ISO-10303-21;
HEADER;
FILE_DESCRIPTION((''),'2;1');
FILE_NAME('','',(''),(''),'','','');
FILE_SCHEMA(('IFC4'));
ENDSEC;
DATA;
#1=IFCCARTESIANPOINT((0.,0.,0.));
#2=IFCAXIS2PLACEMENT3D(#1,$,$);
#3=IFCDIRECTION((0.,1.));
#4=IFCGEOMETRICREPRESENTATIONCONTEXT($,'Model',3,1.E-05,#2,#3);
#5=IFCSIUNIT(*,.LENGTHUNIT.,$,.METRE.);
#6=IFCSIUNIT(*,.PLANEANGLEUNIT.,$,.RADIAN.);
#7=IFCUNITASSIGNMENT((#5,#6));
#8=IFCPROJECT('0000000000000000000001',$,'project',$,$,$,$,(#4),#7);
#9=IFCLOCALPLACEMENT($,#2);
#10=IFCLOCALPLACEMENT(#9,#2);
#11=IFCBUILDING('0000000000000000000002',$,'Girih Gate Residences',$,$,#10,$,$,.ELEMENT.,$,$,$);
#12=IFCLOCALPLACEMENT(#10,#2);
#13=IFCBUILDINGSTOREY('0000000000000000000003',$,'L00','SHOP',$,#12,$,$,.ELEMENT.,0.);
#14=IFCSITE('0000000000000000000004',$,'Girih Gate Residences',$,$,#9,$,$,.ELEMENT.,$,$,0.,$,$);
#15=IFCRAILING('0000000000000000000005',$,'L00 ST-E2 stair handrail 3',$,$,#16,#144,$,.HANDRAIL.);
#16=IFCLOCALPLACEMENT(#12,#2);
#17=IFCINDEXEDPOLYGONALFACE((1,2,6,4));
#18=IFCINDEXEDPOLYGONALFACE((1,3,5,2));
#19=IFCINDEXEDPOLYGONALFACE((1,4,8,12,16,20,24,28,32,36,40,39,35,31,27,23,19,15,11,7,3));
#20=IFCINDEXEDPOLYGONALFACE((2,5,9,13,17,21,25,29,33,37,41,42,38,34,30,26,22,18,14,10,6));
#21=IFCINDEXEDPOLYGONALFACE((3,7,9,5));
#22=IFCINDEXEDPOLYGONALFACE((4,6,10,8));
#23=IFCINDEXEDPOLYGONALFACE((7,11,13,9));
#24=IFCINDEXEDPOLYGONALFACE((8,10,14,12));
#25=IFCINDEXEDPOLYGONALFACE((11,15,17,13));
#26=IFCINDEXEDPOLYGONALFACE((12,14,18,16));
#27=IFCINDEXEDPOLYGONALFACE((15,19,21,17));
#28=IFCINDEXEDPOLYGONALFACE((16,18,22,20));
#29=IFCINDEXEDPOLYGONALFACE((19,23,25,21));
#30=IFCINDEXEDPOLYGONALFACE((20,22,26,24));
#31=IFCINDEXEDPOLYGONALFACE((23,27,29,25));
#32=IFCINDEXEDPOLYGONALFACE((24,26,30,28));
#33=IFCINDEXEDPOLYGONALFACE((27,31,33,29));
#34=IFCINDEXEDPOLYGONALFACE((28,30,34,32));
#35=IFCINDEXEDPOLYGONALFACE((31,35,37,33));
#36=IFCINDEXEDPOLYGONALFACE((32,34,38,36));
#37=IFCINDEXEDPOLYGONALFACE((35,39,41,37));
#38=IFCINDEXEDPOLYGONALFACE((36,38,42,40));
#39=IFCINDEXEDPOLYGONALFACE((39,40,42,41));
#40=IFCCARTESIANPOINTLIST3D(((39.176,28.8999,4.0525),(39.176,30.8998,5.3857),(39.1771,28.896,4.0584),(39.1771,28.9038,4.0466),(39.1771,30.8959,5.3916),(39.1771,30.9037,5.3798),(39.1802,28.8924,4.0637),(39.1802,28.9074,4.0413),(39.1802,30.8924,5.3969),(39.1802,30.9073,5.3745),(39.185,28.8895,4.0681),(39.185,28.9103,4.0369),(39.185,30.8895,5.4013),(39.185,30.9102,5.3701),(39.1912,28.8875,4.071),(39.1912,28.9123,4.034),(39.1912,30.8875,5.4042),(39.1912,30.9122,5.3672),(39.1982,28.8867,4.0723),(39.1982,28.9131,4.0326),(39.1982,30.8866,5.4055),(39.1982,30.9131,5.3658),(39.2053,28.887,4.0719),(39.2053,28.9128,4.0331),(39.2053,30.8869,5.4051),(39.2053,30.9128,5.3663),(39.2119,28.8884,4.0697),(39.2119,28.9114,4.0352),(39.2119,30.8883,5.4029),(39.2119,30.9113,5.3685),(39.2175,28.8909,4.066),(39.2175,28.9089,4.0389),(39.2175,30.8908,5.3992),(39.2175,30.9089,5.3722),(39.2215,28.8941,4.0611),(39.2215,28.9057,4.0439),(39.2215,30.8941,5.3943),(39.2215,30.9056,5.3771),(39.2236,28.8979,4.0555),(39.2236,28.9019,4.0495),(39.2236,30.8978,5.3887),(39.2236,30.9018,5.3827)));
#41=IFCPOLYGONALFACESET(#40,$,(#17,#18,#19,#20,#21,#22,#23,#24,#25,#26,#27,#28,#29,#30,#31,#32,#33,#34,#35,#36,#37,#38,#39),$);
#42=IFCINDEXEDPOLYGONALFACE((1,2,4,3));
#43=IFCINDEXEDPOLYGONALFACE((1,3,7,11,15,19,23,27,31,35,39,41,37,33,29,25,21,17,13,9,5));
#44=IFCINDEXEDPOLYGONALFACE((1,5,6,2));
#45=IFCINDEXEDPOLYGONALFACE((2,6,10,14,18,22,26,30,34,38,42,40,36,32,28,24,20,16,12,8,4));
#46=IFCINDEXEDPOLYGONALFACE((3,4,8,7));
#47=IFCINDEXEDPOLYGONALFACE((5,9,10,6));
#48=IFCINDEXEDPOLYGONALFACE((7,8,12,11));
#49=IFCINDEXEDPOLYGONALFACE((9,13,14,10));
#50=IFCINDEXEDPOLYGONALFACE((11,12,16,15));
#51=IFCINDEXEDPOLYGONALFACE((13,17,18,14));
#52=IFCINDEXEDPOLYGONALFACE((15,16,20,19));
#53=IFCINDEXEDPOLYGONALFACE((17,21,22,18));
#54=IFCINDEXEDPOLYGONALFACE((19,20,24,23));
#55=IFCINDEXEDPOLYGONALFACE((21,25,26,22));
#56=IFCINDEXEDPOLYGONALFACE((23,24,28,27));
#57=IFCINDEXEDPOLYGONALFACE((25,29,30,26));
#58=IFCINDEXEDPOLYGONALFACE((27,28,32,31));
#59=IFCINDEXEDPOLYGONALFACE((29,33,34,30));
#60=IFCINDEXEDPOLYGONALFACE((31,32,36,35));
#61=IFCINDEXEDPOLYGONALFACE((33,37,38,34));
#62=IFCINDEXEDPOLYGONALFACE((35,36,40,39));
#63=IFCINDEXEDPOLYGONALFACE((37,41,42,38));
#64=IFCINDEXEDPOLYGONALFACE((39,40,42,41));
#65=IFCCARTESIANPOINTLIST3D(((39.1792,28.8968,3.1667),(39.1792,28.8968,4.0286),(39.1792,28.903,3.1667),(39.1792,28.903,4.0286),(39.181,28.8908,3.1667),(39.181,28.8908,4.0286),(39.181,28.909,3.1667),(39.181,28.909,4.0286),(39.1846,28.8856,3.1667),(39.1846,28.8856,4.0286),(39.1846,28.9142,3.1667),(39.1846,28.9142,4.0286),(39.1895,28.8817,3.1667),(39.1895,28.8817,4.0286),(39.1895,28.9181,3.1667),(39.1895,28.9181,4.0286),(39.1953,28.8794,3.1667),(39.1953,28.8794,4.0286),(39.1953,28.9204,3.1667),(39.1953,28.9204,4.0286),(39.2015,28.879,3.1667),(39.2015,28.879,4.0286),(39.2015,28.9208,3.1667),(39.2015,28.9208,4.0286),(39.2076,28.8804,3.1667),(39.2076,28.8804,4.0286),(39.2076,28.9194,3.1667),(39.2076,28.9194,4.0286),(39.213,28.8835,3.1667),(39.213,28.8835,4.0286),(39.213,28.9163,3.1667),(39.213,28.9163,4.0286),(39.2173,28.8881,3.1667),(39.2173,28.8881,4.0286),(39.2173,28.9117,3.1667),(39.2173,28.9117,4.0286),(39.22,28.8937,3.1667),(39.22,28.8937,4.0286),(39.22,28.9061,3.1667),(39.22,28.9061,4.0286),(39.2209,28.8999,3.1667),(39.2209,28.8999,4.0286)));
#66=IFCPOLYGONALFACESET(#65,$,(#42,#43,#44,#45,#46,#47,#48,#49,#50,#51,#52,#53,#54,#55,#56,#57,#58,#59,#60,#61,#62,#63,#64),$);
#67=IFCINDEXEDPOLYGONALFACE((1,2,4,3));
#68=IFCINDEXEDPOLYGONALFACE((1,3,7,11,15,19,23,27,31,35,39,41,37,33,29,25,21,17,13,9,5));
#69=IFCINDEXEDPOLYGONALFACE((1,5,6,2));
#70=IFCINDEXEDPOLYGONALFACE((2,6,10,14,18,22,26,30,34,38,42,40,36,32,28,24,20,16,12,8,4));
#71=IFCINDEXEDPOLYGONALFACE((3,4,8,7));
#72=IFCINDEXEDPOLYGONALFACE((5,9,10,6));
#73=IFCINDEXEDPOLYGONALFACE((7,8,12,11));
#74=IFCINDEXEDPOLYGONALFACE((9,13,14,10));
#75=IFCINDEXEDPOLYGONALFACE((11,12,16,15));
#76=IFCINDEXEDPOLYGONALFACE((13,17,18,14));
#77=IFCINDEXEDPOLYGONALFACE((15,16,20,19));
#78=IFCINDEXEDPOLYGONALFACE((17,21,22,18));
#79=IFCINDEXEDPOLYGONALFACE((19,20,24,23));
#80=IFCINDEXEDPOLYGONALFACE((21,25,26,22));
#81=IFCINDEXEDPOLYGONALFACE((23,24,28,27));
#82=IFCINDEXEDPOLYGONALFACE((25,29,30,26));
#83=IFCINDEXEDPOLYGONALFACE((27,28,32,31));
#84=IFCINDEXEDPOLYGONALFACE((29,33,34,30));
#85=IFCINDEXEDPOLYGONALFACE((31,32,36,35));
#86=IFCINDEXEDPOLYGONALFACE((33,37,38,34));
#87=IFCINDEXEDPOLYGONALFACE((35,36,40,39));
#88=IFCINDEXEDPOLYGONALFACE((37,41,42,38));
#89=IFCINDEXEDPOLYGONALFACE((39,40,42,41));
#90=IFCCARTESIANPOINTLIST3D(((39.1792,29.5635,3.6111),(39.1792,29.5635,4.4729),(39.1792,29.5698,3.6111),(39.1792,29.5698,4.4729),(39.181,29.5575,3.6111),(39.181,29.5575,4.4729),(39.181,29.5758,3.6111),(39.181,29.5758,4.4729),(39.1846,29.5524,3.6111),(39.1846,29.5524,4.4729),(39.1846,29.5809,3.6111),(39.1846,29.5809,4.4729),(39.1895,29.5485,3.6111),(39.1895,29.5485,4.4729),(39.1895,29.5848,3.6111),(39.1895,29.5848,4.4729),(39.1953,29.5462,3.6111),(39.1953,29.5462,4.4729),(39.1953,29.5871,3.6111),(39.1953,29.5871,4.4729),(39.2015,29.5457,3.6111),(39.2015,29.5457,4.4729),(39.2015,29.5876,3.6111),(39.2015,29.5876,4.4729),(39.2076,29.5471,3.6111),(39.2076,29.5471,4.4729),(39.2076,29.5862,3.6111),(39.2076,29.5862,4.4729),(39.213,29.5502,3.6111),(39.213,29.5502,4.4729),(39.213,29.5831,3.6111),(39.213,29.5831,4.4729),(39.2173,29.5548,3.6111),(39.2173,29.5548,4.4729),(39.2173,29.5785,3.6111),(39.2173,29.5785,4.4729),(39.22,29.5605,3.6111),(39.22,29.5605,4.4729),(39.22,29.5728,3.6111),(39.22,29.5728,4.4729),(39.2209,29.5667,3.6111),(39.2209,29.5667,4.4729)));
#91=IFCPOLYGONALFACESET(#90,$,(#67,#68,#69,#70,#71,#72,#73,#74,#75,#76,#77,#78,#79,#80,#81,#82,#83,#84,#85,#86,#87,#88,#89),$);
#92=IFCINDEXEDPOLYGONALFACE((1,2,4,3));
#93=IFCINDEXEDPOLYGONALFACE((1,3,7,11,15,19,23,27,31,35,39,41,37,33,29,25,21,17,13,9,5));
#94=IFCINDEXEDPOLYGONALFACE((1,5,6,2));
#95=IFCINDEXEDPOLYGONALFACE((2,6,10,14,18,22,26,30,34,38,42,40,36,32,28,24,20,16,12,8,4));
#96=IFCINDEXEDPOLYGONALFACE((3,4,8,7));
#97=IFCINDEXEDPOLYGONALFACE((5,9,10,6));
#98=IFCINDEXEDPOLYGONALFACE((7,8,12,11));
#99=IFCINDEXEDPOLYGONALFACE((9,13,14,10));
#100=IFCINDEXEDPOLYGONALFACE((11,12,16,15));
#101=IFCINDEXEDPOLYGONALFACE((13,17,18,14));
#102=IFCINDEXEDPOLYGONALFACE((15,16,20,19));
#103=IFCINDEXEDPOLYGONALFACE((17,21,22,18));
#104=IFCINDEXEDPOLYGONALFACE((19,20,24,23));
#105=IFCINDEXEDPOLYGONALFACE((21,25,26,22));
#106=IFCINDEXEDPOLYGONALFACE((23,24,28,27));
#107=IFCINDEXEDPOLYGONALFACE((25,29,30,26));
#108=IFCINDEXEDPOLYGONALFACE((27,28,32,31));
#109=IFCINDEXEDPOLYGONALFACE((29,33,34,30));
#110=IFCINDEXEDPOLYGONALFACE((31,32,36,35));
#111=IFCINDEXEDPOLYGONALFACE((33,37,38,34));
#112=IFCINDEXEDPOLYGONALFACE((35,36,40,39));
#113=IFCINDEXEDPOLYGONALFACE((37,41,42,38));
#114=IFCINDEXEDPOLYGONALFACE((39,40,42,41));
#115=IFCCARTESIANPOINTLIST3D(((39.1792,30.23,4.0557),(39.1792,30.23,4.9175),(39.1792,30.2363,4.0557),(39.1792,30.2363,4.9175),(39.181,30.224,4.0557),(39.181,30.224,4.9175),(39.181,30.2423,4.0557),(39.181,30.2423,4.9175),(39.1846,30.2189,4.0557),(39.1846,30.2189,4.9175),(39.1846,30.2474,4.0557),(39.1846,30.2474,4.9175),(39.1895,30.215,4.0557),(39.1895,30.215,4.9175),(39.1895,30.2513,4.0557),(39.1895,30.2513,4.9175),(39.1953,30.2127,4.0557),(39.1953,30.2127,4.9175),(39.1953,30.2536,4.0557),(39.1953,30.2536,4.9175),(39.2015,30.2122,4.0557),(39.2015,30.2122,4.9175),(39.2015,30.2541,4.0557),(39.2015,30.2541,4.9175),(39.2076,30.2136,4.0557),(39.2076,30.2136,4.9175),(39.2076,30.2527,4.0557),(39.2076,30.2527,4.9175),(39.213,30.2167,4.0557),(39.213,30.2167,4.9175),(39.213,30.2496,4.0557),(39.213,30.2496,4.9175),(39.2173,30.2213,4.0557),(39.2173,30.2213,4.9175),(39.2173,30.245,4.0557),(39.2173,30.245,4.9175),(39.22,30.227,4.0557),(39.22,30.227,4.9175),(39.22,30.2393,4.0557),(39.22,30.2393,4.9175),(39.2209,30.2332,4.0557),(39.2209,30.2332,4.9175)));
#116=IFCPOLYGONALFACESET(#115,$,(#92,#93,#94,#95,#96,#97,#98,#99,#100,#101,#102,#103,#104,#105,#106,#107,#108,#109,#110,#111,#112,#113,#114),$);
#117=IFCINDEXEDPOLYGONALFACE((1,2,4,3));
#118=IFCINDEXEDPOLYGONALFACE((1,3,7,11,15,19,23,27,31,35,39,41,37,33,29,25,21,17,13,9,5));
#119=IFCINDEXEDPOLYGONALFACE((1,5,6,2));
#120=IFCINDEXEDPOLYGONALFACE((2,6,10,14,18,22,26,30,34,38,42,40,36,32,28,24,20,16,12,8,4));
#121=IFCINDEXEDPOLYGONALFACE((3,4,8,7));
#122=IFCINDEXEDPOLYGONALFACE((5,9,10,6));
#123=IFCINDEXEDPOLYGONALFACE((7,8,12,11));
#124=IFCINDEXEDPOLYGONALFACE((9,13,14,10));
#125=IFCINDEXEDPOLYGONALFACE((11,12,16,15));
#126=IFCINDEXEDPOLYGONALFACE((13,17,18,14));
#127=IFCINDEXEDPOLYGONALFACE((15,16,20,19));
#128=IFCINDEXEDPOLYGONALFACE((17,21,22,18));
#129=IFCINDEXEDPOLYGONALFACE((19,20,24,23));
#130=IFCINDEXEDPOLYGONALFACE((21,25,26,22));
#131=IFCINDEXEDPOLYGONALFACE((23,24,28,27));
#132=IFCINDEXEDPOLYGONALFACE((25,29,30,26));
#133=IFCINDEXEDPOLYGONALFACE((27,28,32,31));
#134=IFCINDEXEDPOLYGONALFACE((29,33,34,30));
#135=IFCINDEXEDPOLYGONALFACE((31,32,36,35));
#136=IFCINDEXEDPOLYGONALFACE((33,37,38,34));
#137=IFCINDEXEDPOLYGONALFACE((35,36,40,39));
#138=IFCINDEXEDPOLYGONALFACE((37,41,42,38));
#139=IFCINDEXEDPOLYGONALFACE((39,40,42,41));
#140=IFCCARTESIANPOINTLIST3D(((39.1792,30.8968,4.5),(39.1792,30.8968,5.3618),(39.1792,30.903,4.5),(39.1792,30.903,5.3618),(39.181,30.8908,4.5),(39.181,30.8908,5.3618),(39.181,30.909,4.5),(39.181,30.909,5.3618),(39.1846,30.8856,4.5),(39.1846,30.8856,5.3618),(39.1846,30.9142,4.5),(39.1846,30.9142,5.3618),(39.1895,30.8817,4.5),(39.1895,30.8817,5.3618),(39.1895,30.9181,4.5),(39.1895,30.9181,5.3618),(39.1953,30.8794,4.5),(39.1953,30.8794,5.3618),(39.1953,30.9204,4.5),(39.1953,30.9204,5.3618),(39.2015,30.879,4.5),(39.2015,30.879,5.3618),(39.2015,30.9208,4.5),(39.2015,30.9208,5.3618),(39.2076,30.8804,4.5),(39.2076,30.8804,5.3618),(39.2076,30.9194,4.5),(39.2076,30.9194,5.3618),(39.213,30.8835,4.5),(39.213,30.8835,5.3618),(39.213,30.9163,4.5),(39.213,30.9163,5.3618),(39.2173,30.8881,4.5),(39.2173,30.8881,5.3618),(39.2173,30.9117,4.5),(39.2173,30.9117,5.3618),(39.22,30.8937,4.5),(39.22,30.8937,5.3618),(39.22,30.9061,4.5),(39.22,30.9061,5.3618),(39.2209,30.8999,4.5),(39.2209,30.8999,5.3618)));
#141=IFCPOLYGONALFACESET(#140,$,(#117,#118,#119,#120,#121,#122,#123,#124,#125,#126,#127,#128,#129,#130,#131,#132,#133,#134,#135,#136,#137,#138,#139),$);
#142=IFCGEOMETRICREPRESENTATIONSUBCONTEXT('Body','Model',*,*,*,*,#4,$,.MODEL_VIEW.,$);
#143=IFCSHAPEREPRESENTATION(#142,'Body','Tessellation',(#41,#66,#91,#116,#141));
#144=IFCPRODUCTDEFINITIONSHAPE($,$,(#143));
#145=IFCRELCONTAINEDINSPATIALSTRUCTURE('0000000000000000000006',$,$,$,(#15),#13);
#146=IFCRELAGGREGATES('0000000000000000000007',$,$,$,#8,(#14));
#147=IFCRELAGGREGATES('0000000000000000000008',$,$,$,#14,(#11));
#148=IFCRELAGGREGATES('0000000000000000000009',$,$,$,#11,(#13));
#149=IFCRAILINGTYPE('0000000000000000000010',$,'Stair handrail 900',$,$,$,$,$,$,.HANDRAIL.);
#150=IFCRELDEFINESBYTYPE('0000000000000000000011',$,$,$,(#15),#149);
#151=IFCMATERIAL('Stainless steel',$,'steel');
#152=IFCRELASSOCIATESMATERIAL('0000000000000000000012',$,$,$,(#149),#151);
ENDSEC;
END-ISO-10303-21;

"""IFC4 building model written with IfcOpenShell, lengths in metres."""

from ifc_helpers import new_model, si_unit, direction, frame, origin, origin_2d, place, context, subcontext, project, spatial, circle, extrude, material, type_object, element, save


model = new_model("IFC4")

# Units and contexts
model_context = context("Model", 3, precision=1e-05, world=origin(), true_north=direction((0.0, 1.0)))
body_context = subcontext(model_context, "Body", "Model", "MODEL_VIEW")
ifc_project = project(units=[si_unit("LENGTHUNIT", "METRE"), si_unit("PLANEANGLEUNIT", "RADIAN")], contexts=[model_context])

# Site, building, storey
site_placement = place(None, origin())
site = spatial("IfcSite", under=ifc_project, at=site_placement, Name="Girih Gate Residences", CompositionType="ELEMENT", RefElevation=0.0)
building_placement = place(site_placement, origin())
building = spatial("IfcBuilding", under=site, at=building_placement, Name="Girih Gate Residences", CompositionType="ELEMENT")
storey_placement = place(building_placement, origin())
storey = spatial("IfcBuildingStorey", under=building, at=storey_placement, Name="L00", Description="SHOP", CompositionType="ELEMENT", Elevation=0.0)

# Railing
ifc_material_1 = material(Name="Stainless steel", Category="steel")
railing_type_1 = type_object("IfcRailingType", Name="Stair handrail 900", PredefinedType="HANDRAIL", material=ifc_material_1)
railing_1_placement = place(storey_placement, frame((39.2, 28.8999, 3.1667)))
element("IfcRailing", 1, at=railing_1_placement, inside=storey, type_object=railing_type_1, Name="L00 ST-E2 stair handrail 3", PredefinedType="HANDRAIL", context=body_context, shape_type="SweptSolid", body=[
    extrude(circle(Radius=0.0239, at=origin_2d()), frame((0.0, 0.0, 0.8857), z_axis=(0.0, 0.832066, 0.554677), x_axis=(-1.0, 0.0, 0.0)), (0.0, 0.0, 1.0), 2.4036),
    extrude(circle(Radius=0.021, at=origin_2d()), origin(), (0.0, 0.0, 1.0), 0.8618),
    extrude(circle(Radius=0.021, at=origin_2d()), frame((0.0, 0.6667, 0.4443)), (0.0, 0.0, 1.0), 0.8618),
    extrude(circle(Radius=0.021, at=origin_2d()), frame((0.0, 1.3333, 0.8889)), (0.0, 0.0, 1.0), 0.8618),
    extrude(circle(Radius=0.021, at=origin_2d()), frame((0.0, 2.0, 1.3333)), (0.0, 0.0, 1.0), 0.8618),
])

save(model, "model.ifc")
